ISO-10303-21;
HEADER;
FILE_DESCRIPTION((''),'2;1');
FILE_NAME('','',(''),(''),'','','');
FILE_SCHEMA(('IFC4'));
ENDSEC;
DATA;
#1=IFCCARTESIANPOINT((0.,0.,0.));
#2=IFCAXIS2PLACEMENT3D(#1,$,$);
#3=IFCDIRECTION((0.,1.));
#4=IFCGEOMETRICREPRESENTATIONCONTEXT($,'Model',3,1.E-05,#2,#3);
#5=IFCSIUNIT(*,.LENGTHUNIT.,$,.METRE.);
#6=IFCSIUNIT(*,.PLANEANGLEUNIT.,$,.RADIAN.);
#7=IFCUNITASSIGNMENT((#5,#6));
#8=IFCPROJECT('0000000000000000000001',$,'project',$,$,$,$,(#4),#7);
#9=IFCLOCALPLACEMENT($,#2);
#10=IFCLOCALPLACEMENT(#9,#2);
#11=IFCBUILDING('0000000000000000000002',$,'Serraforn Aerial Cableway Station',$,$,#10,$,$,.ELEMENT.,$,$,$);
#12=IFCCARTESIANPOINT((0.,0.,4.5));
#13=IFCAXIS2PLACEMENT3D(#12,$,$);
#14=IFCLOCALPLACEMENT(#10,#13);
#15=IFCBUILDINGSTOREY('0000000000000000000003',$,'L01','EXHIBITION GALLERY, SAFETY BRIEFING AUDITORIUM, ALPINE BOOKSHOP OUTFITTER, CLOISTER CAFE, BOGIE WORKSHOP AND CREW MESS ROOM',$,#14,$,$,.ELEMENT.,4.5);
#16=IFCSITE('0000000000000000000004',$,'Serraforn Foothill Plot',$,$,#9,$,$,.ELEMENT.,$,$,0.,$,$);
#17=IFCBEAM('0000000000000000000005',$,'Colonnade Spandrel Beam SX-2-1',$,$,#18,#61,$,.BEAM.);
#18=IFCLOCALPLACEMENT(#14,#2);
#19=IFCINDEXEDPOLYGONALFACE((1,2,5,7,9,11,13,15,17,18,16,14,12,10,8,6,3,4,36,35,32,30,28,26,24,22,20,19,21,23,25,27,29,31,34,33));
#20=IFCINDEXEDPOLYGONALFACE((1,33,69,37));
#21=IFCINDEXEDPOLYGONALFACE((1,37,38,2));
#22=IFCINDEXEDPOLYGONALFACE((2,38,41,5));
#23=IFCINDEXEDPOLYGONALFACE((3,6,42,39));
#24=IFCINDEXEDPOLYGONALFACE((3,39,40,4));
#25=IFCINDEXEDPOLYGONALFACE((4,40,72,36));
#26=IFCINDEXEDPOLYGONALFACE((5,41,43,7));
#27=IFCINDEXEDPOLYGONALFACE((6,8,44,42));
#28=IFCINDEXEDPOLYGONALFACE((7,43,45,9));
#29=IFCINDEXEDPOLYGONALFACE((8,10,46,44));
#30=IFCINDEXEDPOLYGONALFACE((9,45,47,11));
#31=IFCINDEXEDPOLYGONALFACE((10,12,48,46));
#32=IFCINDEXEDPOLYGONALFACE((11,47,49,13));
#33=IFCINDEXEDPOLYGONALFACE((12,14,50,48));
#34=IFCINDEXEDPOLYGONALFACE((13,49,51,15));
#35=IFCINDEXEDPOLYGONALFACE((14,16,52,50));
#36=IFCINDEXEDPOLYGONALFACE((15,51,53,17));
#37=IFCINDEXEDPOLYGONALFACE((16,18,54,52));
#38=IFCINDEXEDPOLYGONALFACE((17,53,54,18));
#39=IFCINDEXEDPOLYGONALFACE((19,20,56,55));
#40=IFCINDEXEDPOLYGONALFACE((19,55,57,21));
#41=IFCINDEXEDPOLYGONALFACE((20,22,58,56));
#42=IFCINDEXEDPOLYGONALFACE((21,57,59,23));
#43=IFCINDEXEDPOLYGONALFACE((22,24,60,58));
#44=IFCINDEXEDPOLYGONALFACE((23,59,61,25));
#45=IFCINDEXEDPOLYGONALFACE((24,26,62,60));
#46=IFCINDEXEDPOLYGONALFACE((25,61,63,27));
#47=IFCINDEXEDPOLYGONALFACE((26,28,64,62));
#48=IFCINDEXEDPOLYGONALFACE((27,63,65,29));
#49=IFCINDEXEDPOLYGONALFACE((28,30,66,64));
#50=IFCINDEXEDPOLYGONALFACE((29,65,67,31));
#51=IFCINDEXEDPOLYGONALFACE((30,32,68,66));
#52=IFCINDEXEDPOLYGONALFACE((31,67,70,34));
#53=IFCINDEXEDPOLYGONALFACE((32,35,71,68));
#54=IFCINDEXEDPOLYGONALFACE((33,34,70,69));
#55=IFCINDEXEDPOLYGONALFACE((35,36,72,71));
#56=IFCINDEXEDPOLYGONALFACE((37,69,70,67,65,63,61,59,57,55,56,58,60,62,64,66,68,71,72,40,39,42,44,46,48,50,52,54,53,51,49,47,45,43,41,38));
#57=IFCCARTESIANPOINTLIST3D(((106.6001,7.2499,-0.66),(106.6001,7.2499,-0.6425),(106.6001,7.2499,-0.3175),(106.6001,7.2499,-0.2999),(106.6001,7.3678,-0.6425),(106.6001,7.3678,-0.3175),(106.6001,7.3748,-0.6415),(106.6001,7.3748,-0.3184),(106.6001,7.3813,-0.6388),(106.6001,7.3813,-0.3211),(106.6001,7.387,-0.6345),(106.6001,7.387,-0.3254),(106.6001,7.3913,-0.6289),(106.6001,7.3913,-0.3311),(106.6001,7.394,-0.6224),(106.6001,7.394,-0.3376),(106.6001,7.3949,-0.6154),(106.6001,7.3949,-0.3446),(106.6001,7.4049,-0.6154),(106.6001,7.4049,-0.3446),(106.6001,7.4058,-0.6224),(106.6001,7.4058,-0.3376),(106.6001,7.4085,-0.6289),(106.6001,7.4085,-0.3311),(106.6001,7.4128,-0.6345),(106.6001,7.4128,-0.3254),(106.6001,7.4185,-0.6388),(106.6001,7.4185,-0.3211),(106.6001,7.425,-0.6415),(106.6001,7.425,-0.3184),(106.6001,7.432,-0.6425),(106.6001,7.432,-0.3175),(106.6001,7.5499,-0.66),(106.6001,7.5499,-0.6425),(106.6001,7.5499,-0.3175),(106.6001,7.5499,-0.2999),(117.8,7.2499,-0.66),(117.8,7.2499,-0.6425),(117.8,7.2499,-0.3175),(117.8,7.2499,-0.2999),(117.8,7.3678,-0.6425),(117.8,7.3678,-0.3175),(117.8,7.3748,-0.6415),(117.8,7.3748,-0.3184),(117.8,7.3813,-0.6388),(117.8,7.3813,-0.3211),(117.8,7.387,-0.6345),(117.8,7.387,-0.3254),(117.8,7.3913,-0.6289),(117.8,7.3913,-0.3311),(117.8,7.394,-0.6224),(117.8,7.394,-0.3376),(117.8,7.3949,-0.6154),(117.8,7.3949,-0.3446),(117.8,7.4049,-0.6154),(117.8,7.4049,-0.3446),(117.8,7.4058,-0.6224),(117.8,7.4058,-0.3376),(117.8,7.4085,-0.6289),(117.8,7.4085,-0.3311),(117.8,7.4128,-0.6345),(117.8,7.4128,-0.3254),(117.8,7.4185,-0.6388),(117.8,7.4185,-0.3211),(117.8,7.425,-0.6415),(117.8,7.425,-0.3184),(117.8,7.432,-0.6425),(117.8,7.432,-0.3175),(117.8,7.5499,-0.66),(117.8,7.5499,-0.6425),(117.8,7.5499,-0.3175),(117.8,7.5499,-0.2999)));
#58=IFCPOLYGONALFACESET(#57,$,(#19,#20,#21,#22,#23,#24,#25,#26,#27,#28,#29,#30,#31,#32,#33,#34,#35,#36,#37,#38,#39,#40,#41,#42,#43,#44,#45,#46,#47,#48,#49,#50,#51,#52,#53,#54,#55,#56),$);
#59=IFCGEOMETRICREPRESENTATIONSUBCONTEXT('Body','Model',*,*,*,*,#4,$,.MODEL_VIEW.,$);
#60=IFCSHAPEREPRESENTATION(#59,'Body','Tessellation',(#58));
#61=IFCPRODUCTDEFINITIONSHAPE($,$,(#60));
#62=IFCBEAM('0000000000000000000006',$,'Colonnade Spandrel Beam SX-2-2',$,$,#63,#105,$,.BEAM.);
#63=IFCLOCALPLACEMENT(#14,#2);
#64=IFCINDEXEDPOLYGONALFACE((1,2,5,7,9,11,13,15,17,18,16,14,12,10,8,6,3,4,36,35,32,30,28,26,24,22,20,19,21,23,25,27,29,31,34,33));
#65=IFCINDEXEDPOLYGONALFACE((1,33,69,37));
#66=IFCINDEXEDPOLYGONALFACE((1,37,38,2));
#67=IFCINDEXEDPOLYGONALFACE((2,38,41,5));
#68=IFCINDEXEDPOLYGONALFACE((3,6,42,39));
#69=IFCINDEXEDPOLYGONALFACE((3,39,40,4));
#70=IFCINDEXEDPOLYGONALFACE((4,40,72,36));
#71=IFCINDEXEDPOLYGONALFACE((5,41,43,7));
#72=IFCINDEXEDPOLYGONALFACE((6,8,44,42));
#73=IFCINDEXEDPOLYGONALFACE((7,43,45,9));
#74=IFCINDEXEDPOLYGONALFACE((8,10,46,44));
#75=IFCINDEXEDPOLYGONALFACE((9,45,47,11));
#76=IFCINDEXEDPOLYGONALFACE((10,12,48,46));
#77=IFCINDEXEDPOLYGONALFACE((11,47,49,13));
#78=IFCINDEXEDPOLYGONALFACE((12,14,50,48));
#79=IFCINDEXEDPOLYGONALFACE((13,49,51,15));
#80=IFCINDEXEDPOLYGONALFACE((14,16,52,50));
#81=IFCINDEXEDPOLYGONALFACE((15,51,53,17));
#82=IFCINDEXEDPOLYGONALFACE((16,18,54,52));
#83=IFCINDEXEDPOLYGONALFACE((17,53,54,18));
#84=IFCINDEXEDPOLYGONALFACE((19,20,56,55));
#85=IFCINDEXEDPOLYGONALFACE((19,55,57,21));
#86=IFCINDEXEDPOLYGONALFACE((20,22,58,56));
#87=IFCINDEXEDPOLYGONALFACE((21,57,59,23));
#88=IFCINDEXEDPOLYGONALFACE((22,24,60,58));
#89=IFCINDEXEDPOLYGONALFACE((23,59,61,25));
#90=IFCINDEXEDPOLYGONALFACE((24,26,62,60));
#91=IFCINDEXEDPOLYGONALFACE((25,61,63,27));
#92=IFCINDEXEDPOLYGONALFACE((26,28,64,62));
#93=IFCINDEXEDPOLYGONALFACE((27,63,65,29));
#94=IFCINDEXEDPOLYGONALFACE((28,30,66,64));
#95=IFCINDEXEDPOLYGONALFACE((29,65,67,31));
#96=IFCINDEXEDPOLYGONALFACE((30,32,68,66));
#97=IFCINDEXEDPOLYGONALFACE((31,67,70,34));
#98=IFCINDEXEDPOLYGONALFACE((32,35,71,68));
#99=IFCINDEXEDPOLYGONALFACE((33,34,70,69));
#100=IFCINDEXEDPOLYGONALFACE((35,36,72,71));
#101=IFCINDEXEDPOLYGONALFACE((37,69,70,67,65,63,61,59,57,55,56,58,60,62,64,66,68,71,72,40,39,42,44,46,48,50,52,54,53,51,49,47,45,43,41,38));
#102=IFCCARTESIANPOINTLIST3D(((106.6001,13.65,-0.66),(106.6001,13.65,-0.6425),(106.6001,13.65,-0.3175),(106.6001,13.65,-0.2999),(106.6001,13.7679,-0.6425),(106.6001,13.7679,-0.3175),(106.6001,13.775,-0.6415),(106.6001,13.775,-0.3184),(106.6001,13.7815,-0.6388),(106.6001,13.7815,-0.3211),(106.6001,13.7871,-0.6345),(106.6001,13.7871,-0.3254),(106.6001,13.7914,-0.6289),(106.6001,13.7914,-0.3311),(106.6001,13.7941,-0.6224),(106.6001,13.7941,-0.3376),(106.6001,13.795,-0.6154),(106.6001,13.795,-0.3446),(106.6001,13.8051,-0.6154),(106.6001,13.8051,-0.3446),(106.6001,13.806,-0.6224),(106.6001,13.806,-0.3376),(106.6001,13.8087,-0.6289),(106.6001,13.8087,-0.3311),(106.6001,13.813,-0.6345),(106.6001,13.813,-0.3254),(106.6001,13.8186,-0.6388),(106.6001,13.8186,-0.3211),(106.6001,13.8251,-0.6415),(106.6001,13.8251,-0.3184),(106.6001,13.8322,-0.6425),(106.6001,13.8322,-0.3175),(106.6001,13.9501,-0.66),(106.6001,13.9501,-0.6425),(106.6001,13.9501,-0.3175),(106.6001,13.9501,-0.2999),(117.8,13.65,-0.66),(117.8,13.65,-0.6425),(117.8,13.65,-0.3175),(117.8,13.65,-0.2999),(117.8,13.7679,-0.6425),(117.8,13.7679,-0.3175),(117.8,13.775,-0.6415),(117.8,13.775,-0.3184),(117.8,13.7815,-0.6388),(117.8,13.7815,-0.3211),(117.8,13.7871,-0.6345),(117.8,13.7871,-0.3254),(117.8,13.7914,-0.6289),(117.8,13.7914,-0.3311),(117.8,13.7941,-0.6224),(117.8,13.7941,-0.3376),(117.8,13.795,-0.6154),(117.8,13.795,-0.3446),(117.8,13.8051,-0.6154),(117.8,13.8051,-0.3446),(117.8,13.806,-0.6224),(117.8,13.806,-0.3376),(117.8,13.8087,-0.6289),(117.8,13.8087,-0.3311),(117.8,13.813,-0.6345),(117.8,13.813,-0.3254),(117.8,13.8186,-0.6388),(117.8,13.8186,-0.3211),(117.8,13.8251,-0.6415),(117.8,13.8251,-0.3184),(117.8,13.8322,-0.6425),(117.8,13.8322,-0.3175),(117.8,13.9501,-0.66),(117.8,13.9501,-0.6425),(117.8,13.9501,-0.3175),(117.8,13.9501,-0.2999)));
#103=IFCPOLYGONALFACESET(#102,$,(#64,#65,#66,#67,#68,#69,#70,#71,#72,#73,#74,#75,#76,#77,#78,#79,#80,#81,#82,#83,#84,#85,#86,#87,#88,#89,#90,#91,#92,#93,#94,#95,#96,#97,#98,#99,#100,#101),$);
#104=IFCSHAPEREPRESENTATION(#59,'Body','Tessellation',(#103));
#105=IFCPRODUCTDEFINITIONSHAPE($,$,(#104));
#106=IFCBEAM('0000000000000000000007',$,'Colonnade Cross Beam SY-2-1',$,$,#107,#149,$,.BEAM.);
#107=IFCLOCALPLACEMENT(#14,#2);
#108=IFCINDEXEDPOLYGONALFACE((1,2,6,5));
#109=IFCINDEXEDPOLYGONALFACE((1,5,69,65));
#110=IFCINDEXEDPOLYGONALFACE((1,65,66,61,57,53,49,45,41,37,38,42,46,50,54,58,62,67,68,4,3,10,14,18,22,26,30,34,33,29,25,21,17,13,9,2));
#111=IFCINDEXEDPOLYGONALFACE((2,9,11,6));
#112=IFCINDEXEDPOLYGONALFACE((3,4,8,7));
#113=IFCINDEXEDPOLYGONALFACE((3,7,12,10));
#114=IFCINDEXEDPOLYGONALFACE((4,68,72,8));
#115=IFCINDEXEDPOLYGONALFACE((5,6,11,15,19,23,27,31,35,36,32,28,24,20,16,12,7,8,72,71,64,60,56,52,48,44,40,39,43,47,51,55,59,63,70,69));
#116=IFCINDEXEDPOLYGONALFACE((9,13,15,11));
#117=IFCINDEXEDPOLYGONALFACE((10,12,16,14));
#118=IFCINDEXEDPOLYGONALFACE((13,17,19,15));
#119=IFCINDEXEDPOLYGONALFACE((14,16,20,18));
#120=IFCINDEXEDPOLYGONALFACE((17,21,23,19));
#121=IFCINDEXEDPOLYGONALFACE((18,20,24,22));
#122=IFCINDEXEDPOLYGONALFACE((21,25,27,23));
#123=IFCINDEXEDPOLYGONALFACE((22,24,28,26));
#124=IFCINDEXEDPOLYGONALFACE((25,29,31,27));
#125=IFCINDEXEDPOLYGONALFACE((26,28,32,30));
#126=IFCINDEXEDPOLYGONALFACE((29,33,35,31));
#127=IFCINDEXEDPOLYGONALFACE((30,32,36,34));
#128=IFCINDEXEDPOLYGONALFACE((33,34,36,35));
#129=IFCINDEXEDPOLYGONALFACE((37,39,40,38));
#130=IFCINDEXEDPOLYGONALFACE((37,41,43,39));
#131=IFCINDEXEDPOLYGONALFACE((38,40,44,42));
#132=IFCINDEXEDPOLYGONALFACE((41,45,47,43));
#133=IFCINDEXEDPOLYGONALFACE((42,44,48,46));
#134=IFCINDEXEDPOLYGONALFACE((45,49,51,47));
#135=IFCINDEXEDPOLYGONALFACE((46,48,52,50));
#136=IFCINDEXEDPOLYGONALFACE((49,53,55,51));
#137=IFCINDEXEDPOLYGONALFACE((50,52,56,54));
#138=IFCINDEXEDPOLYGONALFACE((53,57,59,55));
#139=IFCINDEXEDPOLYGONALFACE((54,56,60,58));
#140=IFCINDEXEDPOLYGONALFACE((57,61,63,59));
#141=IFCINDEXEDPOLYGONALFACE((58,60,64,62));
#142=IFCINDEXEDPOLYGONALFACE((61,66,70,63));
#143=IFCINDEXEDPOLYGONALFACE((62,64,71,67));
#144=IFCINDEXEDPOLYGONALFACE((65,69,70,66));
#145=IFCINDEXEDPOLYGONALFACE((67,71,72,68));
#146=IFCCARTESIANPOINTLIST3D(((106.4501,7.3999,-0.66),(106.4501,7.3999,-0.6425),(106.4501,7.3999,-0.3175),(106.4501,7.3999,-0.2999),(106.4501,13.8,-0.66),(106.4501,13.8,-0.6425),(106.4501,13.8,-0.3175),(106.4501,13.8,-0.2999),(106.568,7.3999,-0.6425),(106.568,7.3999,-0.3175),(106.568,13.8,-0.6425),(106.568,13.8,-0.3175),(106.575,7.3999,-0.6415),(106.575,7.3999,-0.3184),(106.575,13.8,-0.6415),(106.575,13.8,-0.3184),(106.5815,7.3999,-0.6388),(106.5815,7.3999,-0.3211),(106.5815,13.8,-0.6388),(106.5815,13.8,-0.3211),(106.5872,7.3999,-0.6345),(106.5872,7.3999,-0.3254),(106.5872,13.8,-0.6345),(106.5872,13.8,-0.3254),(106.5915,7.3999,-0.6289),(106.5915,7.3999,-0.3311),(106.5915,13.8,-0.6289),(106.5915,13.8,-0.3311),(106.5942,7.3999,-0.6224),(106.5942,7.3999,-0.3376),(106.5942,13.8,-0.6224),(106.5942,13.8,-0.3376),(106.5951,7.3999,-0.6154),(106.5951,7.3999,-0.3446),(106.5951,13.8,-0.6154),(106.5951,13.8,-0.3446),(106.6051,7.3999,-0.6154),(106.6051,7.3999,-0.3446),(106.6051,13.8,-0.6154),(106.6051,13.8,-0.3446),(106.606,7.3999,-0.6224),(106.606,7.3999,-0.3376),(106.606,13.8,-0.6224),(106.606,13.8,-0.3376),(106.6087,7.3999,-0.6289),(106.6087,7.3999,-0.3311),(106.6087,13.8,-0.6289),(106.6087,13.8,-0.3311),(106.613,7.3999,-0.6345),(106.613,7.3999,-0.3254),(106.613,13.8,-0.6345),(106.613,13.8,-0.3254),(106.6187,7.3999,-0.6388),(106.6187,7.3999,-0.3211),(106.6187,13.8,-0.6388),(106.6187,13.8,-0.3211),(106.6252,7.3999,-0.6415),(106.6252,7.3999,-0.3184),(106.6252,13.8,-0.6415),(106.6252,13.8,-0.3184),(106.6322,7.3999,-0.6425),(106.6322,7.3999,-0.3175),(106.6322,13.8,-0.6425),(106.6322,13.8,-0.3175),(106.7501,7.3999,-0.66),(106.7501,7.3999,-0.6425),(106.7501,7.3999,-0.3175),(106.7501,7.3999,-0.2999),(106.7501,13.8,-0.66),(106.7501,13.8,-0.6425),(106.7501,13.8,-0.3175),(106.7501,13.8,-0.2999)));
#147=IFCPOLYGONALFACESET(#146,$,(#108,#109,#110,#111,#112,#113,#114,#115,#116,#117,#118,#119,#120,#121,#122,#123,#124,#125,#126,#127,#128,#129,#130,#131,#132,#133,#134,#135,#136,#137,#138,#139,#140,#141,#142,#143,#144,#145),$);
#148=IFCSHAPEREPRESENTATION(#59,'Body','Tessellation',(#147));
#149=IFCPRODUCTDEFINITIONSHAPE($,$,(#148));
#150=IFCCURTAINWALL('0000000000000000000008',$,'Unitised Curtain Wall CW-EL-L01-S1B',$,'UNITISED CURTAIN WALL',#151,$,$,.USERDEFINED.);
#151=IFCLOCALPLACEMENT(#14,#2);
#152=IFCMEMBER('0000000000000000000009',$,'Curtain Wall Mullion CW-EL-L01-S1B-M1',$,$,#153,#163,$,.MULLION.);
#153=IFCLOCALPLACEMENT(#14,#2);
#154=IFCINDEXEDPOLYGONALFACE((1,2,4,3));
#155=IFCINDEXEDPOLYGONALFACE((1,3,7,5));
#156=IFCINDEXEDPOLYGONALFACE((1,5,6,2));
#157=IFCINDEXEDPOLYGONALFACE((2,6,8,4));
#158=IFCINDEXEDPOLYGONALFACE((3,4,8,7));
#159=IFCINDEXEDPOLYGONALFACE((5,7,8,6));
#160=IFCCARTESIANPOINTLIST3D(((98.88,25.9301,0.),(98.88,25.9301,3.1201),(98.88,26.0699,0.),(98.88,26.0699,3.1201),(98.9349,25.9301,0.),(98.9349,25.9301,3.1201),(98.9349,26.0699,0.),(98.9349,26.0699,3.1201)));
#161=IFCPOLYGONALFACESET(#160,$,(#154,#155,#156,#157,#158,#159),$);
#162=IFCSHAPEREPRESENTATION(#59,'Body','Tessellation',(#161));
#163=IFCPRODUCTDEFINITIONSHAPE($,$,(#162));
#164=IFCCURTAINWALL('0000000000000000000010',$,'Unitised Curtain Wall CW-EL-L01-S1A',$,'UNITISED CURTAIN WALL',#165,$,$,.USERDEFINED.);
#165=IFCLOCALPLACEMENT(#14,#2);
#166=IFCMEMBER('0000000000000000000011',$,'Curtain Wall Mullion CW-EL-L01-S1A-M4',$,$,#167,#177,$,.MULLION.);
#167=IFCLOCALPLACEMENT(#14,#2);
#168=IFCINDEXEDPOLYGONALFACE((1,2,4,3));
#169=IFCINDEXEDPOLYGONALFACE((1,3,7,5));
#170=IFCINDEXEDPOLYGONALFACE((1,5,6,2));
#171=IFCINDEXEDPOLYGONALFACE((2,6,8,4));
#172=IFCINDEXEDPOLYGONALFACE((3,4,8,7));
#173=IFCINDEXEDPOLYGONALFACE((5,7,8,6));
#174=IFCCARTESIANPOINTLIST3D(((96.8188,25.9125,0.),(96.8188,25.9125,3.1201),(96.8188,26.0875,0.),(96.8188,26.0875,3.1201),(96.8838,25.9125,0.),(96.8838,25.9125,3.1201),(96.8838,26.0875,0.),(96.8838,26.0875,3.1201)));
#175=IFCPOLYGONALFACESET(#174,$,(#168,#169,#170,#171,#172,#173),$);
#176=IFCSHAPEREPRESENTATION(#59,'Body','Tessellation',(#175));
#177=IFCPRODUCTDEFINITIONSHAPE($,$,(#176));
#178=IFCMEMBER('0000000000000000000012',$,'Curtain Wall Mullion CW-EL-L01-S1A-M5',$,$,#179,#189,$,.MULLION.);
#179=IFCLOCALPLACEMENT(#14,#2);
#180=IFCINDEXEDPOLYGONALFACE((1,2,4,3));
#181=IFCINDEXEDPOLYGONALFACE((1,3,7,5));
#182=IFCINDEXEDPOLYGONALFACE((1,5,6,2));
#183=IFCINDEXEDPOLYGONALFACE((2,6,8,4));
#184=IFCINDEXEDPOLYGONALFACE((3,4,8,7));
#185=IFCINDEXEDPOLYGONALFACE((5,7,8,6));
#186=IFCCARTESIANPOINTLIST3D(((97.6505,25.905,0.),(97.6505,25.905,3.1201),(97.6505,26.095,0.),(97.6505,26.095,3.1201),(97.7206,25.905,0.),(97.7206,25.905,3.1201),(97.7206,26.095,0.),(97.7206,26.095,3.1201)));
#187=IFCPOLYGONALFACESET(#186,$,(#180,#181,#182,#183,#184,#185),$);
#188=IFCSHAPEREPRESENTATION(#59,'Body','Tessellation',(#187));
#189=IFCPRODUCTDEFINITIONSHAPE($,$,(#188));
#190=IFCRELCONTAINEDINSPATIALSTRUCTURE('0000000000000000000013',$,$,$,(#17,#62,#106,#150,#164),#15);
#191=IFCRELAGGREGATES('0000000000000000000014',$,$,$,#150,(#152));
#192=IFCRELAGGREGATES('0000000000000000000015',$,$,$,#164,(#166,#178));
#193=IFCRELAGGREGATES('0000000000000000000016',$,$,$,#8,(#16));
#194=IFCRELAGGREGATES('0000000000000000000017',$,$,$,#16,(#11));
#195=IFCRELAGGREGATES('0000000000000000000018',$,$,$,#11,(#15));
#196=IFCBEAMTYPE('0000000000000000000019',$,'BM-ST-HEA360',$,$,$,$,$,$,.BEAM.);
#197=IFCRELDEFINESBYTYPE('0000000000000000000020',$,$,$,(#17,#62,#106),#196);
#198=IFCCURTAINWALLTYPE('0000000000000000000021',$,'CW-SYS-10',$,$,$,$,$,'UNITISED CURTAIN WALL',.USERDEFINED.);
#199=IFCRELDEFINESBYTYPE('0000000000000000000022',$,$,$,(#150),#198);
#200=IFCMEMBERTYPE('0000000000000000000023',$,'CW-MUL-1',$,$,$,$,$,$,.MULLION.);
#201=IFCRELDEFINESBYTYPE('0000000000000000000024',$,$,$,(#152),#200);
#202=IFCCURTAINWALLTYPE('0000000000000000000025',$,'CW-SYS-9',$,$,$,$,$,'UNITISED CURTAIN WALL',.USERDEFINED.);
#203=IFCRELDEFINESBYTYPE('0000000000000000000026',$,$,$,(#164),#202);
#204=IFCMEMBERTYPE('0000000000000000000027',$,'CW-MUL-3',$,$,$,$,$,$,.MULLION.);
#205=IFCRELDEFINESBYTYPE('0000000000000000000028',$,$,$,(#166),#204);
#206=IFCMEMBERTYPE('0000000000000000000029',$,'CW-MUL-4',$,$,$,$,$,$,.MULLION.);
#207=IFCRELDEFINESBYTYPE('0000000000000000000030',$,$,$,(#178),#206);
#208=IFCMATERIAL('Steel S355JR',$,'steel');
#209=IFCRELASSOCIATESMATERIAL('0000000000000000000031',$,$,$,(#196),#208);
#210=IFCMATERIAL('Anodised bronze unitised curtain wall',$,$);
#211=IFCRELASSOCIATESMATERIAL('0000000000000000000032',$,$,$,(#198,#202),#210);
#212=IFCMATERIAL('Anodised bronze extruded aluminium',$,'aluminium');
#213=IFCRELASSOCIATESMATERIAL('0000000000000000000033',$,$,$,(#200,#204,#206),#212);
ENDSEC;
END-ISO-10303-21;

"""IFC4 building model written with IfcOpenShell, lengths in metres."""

from ifc_helpers import new_model, si_unit, direction, frame, origin, origin_2d, place, context, subcontext, project, spatial, rectangle, i_section, extrude, material, material_profile, profile_set, type_object, element, aggregate, save


model = new_model("IFC4")

# Units and contexts
model_context = context("Model", 3, precision=1e-05, world=origin(), true_north=direction((0.0, 1.0)))
body_context = subcontext(model_context, "Body", "Model", "MODEL_VIEW")
ifc_project = project(units=[si_unit("LENGTHUNIT", "METRE"), si_unit("PLANEANGLEUNIT", "RADIAN")], contexts=[model_context])

# Site, building, storey
site_placement = place(None, origin())
site = spatial("IfcSite", under=ifc_project, at=site_placement, Name="Serraforn Foothill Plot", CompositionType="ELEMENT", RefElevation=0.0)
building_placement = place(site_placement, origin())
building = spatial("IfcBuilding", under=site, at=building_placement, Name="Serraforn Aerial Cableway Station", CompositionType="ELEMENT")
storey_placement = place(building_placement, frame((0.0, 0.0, 4.5)))
storey = spatial("IfcBuildingStorey", under=building, at=storey_placement, Name="L01", Description="EXHIBITION GALLERY, SAFETY BRIEFING AUDITORIUM, ALPINE BOOKSHOP OUTFITTER, CLOISTER CAFE, BOGIE WORKSHOP AND CREW MESS ROOM", CompositionType="ELEMENT", Elevation=4.5)

# Beams
ifc_material_1 = material(Name="Steel S355JR", Category="steel")
ifc_material_profile_1 = material_profile(ifc_material_1, i_section(OverallWidth=0.3, OverallDepth=0.3601, WebThickness=0.01, FlangeThickness=0.0176, FilletRadius=0.0271, at=origin_2d()), Name="HEA 360")
ifc_profile_set_1 = profile_set([ifc_material_profile_1], Name="Steel S355JR")
beam_type = type_object("IfcBeamType", Name="BM-ST-HEA360", PredefinedType="BEAM", material=ifc_profile_set_1)
for number, where, z_axis, x_axis, name in (
    (1, (106.6001, 7.3999, -0.48), (1.0, 0.0, 0.0), (0.0, 1.0, 0.0), "Colonnade Spandrel Beam SX-2-1"),
    (2, (106.6001, 13.8, -0.48), (1.0, 0.0, 0.0), (0.0, 1.0, 0.0), "Colonnade Spandrel Beam SX-2-2"),
):
    element("IfcBeam", number, at=place(storey_placement, frame(where, z_axis=z_axis, x_axis=x_axis)), inside=storey, type_object=beam_type, Name=name, PredefinedType="BEAM", context=body_context, shape_type="SweptSolid", body=[
        extrude(i_section(OverallWidth=0.3, OverallDepth=0.3601, WebThickness=0.01, FlangeThickness=0.0176, FilletRadius=0.0271, at=origin_2d()), origin(), (0.0, 0.0, 1.0), 11.2),
    ])
beam_placement = place(storey_placement, frame((106.6001, 7.3999, -0.48), z_axis=(0.0, 1.0, 0.0), x_axis=(-1.0, 0.0, 0.0)))
element("IfcBeam", 3, at=beam_placement, inside=storey, type_object=beam_type, Name="Colonnade Cross Beam SY-2-1", PredefinedType="BEAM", context=body_context, shape_type="SweptSolid", body=[
    extrude(i_section(OverallWidth=0.3, OverallDepth=0.3601, WebThickness=0.01, FlangeThickness=0.0176, FilletRadius=0.0271, at=origin_2d()), origin(), (0.0, 0.0, 1.0), 6.4001),
])

# Curtain wall, member
ifc_material_2 = material(Name="Anodised bronze unitised curtain wall")
curtain_wall_type_1 = type_object("IfcCurtainWallType", Name="CW-SYS-10", ElementType="UNITISED CURTAIN WALL", PredefinedType="USERDEFINED", material=ifc_material_2)
curtain_wall_1_placement = place(storey_placement, origin())
curtain_wall_1 = element("IfcCurtainWall", 4, at=curtain_wall_1_placement, inside=storey, type_object=curtain_wall_type_1, Name="Unitised Curtain Wall CW-EL-L01-S1B", ObjectType="UNITISED CURTAIN WALL", PredefinedType="USERDEFINED")
ifc_material_3 = material(Name="Anodised bronze extruded aluminium", Category="aluminium")
ifc_material_profile_2 = material_profile(ifc_material_3, rectangle(XDim=0.0549, YDim=0.1399, at=origin_2d()), Name="CW MULLION 55x140")
ifc_profile_set_2 = profile_set([ifc_material_profile_2], Name="Anodised bronze extruded aluminium")
member_type_1 = type_object("IfcMemberType", Name="CW-MUL-1", PredefinedType="MULLION", material=ifc_profile_set_2)
member_1_placement = place(storey_placement, frame((98.9075, 26.0, 0.0), z_axis=(0.0, 0.0, 1.0), x_axis=(1.0, 0.0, 0.0)))
member_1 = element("IfcMember", 5, at=member_1_placement, type_object=member_type_1, Name="Curtain Wall Mullion CW-EL-L01-S1B-M1", PredefinedType="MULLION", context=body_context, shape_type="SweptSolid", body=[
    extrude(rectangle(XDim=0.0549, YDim=0.1399, at=origin_2d()), origin(), (0.0, 0.0, 1.0), 3.1201),
])
aggregate(curtain_wall_1, [member_1])

# Curtain wall, members
curtain_wall_type_2 = type_object("IfcCurtainWallType", Name="CW-SYS-9", ElementType="UNITISED CURTAIN WALL", PredefinedType="USERDEFINED", material=ifc_material_2)
curtain_wall_2_placement = place(storey_placement, origin())
curtain_wall_2 = element("IfcCurtainWall", 6, at=curtain_wall_2_placement, inside=storey, type_object=curtain_wall_type_2, Name="Unitised Curtain Wall CW-EL-L01-S1A", ObjectType="UNITISED CURTAIN WALL", PredefinedType="USERDEFINED")
ifc_material_profile_3 = material_profile(ifc_material_3, rectangle(XDim=0.0649, YDim=0.175, at=origin_2d()), Name="CW MULLION 65x175")
ifc_profile_set_3 = profile_set([ifc_material_profile_3], Name="Anodised bronze extruded aluminium")
member_type_2 = type_object("IfcMemberType", Name="CW-MUL-3", PredefinedType="MULLION", material=ifc_profile_set_3)
member_2_placement = place(storey_placement, frame((96.8513, 26.0, 0.0), z_axis=(0.0, 0.0, 1.0), x_axis=(1.0, 0.0, 0.0)))
member_2 = element("IfcMember", 7, at=member_2_placement, type_object=member_type_2, Name="Curtain Wall Mullion CW-EL-L01-S1A-M4", PredefinedType="MULLION", context=body_context, shape_type="SweptSolid", body=[
    extrude(rectangle(XDim=0.0649, YDim=0.175, at=origin_2d()), origin(), (0.0, 0.0, 1.0), 3.1201),
])
ifc_material_profile_4 = material_profile(ifc_material_3, rectangle(XDim=0.0701, YDim=0.1899, at=origin_2d()), Name="CW MULLION 70x190")
ifc_profile_set_4 = profile_set([ifc_material_profile_4], Name="Anodised bronze extruded aluminium")
member_type_3 = type_object("IfcMemberType", Name="CW-MUL-4", PredefinedType="MULLION", material=ifc_profile_set_4)
member_3_placement = place(storey_placement, frame((97.6855, 26.0, 0.0), z_axis=(0.0, 0.0, 1.0), x_axis=(1.0, 0.0, 0.0)))
member_3 = element("IfcMember", 8, at=member_3_placement, type_object=member_type_3, Name="Curtain Wall Mullion CW-EL-L01-S1A-M5", PredefinedType="MULLION", context=body_context, shape_type="SweptSolid", body=[
    extrude(rectangle(XDim=0.0701, YDim=0.1899, at=origin_2d()), origin(), (0.0, 0.0, 1.0), 3.1201),
])
aggregate(curtain_wall_2, [member_2, member_3])

save(model, "model.ifc")
